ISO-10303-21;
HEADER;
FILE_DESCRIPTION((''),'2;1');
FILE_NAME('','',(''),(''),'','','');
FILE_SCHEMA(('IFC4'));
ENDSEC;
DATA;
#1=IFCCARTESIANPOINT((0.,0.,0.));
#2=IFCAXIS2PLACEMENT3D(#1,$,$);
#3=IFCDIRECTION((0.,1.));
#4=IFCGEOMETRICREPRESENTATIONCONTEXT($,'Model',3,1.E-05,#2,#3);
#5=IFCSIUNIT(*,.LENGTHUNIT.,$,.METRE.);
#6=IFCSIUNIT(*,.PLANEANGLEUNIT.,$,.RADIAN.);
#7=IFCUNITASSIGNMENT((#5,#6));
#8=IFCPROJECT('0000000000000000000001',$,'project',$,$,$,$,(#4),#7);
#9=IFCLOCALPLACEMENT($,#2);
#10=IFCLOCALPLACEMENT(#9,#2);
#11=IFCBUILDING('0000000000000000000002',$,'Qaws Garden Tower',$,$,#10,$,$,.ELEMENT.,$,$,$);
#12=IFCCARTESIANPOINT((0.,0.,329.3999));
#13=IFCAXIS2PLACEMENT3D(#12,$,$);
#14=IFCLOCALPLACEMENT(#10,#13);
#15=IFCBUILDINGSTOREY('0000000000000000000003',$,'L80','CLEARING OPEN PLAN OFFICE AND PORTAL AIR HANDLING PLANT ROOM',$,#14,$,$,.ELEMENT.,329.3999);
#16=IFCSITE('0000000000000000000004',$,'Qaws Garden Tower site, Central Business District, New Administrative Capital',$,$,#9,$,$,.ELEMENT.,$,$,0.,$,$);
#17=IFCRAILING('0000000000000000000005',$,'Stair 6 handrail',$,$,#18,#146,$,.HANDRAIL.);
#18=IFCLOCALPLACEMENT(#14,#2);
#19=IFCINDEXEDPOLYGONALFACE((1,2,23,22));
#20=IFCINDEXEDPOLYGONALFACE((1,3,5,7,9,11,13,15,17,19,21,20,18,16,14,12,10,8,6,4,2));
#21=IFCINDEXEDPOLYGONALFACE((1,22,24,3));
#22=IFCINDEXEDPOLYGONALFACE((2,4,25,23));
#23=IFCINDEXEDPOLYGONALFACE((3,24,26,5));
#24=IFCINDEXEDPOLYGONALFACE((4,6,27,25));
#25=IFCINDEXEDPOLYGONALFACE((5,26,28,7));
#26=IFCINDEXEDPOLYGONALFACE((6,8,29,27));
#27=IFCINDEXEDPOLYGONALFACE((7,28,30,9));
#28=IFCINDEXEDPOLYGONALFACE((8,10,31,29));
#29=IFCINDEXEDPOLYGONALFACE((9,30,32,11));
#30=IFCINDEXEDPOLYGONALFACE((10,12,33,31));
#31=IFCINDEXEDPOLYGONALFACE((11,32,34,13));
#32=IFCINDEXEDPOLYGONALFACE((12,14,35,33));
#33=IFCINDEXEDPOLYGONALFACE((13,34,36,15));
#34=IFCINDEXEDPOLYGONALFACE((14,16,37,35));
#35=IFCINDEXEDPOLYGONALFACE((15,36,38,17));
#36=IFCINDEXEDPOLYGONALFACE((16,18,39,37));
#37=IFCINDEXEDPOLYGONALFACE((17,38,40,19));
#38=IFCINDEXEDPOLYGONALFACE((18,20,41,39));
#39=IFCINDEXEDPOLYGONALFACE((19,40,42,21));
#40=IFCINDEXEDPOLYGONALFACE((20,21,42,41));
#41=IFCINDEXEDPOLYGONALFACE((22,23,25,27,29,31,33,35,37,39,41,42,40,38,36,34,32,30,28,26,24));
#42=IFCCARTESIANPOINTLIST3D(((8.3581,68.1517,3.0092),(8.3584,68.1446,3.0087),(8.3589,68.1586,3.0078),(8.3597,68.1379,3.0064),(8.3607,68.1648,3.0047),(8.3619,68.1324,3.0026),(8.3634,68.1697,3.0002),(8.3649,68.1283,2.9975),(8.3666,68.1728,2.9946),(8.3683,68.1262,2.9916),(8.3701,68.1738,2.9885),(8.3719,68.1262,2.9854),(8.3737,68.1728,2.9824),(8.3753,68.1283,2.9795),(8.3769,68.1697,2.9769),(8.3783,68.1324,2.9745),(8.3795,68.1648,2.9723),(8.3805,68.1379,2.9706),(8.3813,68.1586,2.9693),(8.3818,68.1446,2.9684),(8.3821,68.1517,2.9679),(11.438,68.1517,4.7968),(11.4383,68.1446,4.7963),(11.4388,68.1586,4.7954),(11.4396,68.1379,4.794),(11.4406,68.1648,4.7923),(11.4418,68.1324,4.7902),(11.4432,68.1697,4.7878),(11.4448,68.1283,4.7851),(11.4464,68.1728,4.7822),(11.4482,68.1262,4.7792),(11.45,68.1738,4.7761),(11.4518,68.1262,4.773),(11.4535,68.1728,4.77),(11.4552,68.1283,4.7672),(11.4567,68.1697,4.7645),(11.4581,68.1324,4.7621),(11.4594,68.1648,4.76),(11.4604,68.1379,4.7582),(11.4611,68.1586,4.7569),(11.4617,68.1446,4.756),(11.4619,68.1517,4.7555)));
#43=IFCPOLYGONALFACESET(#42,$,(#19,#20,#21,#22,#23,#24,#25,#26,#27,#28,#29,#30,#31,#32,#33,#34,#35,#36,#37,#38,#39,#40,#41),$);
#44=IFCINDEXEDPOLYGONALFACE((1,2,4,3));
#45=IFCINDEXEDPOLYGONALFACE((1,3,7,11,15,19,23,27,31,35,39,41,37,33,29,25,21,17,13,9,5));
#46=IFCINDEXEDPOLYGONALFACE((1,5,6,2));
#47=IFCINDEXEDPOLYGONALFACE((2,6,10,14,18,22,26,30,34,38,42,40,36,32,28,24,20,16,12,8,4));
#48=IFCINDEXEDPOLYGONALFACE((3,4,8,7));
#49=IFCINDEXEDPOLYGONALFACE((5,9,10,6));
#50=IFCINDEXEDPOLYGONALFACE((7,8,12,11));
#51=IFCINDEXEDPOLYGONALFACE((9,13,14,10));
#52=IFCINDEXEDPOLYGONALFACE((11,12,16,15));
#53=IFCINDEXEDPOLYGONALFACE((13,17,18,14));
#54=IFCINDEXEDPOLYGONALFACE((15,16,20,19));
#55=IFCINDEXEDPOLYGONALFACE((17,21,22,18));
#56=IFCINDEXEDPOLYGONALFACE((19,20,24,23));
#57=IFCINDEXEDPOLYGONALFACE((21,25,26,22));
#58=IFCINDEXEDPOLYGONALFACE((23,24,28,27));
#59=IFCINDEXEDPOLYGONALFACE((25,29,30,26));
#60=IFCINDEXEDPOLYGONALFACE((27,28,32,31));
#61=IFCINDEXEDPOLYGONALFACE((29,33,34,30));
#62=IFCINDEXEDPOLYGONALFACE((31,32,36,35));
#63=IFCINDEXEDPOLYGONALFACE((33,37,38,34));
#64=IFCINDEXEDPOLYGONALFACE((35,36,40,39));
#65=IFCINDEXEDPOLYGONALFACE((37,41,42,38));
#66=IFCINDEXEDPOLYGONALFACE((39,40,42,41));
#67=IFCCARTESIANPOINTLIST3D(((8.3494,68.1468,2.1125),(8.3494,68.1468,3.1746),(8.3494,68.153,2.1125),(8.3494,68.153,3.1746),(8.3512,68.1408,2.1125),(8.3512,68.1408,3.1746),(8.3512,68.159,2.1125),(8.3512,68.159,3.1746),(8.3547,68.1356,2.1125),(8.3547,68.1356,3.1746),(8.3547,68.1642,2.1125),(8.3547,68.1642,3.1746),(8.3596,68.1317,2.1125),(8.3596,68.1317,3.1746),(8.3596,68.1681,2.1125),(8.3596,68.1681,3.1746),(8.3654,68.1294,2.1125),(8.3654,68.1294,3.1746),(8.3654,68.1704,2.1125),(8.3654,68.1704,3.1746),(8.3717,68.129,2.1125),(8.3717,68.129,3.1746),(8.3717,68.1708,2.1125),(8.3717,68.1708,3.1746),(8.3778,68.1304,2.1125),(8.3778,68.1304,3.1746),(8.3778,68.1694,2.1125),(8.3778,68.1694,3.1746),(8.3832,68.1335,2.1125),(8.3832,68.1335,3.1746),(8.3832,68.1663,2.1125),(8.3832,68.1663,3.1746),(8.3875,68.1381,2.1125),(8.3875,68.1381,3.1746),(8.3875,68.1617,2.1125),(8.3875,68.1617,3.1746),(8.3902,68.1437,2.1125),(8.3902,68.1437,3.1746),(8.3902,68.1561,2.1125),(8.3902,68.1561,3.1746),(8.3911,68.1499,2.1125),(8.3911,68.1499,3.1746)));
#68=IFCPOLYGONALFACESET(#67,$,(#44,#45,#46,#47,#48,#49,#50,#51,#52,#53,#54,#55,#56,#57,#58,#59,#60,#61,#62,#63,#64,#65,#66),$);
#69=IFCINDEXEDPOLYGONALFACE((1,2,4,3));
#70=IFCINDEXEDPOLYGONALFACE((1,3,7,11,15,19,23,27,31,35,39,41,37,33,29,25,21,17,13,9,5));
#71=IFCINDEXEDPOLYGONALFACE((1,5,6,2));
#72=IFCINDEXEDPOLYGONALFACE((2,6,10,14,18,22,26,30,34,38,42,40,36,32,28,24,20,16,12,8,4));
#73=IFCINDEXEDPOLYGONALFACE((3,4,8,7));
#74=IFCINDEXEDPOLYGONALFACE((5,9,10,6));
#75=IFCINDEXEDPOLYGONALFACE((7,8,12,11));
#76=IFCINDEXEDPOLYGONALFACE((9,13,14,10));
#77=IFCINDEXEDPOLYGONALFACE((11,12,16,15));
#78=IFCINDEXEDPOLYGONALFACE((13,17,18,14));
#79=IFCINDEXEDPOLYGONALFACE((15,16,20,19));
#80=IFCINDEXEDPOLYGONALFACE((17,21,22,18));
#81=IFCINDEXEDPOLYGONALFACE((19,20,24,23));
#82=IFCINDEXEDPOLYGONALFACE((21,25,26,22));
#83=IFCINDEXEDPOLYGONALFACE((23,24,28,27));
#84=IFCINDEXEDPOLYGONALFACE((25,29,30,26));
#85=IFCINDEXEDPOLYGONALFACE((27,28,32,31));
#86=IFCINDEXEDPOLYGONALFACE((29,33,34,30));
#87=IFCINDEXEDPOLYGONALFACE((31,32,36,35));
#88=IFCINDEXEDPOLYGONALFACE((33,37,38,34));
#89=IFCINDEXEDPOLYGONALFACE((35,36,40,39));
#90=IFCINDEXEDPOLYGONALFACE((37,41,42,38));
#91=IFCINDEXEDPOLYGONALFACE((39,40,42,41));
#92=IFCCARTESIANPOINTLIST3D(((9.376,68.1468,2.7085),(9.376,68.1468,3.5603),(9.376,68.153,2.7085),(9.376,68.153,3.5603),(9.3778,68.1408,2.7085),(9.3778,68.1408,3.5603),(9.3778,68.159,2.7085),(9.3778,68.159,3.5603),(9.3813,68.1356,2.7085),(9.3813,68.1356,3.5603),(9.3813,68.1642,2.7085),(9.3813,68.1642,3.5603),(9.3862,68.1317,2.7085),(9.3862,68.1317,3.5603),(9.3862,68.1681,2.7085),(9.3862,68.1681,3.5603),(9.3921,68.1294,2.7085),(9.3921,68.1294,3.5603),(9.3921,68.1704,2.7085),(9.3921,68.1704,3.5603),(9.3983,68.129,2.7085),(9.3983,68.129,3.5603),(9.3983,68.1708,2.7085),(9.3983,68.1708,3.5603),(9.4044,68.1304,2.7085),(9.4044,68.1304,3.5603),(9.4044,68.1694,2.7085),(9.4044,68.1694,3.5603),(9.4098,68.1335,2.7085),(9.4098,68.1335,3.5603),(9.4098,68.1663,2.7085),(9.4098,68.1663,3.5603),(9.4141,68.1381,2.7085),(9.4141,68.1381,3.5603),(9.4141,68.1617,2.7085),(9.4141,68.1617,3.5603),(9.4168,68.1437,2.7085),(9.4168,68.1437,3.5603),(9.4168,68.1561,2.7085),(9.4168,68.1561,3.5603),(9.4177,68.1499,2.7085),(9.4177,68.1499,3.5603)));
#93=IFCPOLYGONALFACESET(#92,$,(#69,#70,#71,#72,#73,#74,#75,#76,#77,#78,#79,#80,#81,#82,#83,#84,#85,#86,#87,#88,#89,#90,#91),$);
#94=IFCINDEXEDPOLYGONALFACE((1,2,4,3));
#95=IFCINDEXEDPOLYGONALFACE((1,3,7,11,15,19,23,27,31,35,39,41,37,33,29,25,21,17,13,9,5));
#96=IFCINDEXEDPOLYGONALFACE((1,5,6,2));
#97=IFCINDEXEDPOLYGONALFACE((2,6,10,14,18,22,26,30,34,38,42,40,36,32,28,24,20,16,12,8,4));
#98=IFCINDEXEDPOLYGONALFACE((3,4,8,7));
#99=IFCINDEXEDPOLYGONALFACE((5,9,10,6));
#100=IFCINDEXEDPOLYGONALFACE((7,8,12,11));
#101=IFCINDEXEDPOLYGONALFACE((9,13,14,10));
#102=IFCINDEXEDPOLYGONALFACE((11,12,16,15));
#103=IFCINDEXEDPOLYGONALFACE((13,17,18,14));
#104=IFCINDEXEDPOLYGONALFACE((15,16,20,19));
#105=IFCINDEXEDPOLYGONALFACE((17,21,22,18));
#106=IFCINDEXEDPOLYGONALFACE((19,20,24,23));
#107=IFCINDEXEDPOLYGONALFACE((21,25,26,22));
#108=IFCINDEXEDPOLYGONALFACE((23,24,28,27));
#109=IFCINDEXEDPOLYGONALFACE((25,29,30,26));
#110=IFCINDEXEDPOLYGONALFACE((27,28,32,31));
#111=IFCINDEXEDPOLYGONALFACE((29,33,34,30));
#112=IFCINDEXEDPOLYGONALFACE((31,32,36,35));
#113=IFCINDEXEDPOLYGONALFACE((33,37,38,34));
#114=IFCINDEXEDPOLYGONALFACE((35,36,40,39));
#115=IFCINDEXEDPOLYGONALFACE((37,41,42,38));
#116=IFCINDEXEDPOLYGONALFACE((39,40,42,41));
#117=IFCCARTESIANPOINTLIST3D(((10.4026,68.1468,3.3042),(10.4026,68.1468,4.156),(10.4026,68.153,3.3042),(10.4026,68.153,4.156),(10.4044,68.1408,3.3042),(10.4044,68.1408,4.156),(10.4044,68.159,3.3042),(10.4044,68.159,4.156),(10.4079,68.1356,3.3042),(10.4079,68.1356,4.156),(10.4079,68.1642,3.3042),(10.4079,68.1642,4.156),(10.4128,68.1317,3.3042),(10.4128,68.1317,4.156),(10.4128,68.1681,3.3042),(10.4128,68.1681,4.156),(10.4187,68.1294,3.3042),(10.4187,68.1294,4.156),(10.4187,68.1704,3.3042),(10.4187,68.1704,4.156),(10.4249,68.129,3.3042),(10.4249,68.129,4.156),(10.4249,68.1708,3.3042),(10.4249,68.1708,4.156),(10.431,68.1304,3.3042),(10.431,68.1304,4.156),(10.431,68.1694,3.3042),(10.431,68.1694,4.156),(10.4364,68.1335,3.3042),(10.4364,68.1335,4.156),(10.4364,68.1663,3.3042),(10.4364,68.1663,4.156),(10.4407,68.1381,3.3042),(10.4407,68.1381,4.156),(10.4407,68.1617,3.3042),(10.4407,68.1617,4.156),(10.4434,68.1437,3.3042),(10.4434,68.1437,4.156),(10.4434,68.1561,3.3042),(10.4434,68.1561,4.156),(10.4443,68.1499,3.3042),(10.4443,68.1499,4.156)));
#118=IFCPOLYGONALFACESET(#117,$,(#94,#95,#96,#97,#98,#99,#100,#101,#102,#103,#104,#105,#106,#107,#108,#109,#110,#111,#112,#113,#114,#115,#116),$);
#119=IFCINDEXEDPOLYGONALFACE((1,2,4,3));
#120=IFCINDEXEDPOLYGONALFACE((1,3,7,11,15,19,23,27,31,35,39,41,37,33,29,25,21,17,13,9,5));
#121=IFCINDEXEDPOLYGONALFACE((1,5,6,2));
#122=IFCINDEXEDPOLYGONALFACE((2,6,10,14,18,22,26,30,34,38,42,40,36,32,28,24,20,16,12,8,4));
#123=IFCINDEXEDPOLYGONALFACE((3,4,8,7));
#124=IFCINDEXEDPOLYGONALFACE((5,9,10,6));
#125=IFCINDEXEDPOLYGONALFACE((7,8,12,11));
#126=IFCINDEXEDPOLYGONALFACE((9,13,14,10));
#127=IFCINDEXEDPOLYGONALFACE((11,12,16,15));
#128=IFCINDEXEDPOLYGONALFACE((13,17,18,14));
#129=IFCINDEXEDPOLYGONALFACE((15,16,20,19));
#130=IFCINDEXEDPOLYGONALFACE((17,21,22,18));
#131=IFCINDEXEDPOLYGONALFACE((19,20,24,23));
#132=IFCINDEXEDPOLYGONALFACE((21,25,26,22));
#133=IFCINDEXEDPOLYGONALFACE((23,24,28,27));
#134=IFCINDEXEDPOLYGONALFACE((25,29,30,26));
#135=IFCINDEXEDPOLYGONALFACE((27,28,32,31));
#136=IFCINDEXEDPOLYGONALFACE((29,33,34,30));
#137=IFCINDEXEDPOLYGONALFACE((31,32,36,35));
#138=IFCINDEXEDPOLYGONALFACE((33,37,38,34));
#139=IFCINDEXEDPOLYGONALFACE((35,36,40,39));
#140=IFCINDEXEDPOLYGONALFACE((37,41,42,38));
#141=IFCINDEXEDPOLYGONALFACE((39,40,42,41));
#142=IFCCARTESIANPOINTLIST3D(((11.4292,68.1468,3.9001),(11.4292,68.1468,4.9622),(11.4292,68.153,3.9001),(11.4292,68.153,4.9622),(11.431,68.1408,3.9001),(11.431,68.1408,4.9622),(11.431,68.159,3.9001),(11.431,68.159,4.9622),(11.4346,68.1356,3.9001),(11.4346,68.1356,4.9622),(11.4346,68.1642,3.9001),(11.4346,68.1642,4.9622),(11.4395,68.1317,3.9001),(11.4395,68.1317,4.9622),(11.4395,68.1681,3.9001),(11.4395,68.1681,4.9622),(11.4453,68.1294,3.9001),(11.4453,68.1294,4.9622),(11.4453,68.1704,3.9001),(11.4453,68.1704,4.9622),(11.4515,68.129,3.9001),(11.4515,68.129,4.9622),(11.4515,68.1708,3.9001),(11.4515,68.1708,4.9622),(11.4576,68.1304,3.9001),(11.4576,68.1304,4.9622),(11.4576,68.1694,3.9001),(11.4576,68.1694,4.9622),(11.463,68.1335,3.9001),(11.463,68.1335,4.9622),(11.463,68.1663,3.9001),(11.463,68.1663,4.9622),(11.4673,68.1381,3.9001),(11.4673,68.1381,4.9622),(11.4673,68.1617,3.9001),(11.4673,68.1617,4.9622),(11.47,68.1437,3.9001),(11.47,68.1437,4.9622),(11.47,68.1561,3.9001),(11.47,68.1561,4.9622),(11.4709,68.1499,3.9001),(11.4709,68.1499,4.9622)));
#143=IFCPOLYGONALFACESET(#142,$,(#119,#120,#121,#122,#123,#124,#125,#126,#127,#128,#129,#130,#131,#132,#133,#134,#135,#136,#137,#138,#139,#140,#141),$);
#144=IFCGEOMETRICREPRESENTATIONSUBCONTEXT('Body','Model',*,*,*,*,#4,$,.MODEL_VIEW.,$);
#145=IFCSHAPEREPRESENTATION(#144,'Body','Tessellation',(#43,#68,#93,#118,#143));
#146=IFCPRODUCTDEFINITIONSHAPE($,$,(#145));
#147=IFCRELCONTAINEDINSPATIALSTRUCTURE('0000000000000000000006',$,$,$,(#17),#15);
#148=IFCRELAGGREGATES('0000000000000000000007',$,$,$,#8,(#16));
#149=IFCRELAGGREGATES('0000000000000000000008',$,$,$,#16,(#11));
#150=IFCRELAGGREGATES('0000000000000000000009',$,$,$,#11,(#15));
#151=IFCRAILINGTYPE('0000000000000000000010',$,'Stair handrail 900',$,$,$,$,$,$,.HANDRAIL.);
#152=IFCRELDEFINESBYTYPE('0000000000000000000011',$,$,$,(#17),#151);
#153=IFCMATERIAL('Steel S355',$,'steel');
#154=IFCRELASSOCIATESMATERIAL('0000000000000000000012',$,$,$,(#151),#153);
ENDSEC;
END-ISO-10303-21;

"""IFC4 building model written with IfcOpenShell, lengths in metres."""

from ifc_helpers import new_model, si_unit, direction, frame, origin, origin_2d, place, context, subcontext, project, spatial, circle, extrude, material, type_object, element, save


model = new_model("IFC4")

# Units and contexts
model_context = context("Model", 3, precision=1e-05, world=origin(), true_north=direction((0.0, 1.0)))
body_context = subcontext(model_context, "Body", "Model", "MODEL_VIEW")
ifc_project = project(units=[si_unit("LENGTHUNIT", "METRE"), si_unit("PLANEANGLEUNIT", "RADIAN")], contexts=[model_context])

# Site, building, storey
site_placement = place(None, origin())
site = spatial("IfcSite", under=ifc_project, at=site_placement, Name="Qaws Garden Tower site, Central Business District, New Administrative Capital", CompositionType="ELEMENT", RefElevation=0.0)
building_placement = place(site_placement, origin())
building = spatial("IfcBuilding", under=site, at=building_placement, Name="Qaws Garden Tower", CompositionType="ELEMENT")
storey_placement = place(building_placement, frame((0.0, 0.0, 329.3999)))
storey = spatial("IfcBuildingStorey", under=building, at=storey_placement, Name="L80", Description="CLEARING OPEN PLAN OFFICE AND PORTAL AIR HANDLING PLANT ROOM", CompositionType="ELEMENT", Elevation=329.3999)

# Railing
ifc_material_1 = material(Name="Steel S355", Category="steel")
railing_type = type_object("IfcRailingType", Name="Stair handrail 900", PredefinedType="HANDRAIL", material=ifc_material_1)
railing_1_placement = place(storey_placement, frame((8.3701, 68.1499, 2.1125)))
element("IfcRailing", 1, at=railing_1_placement, inside=storey, type_object=railing_type, Name="Stair 6 handrail", PredefinedType="HANDRAIL", context=body_context, shape_type="SweptSolid", body=[
    extrude(circle(Radius=0.0239, at=origin_2d()), frame((0.0, 0.0, 0.876), z_axis=(0.864873, 0.0, 0.50199), x_axis=(0.0, 1.0, 0.0)), (0.0, 0.0, 1.0), 3.561),
    extrude(circle(Radius=0.021, at=origin_2d()), origin(), (0.0, 0.0, 1.0), 1.062),
    extrude(circle(Radius=0.021, at=origin_2d()), frame((1.0266, 0.0, 0.5959)), (0.0, 0.0, 1.0), 0.8518),
    extrude(circle(Radius=0.021, at=origin_2d()), frame((2.0532, 0.0, 1.1917)), (0.0, 0.0, 1.0), 0.8518),
    extrude(circle(Radius=0.021, at=origin_2d()), frame((3.0798, 0.0, 1.7876)), (0.0, 0.0, 1.0), 1.062),
])

save(model, "model.ifc")
